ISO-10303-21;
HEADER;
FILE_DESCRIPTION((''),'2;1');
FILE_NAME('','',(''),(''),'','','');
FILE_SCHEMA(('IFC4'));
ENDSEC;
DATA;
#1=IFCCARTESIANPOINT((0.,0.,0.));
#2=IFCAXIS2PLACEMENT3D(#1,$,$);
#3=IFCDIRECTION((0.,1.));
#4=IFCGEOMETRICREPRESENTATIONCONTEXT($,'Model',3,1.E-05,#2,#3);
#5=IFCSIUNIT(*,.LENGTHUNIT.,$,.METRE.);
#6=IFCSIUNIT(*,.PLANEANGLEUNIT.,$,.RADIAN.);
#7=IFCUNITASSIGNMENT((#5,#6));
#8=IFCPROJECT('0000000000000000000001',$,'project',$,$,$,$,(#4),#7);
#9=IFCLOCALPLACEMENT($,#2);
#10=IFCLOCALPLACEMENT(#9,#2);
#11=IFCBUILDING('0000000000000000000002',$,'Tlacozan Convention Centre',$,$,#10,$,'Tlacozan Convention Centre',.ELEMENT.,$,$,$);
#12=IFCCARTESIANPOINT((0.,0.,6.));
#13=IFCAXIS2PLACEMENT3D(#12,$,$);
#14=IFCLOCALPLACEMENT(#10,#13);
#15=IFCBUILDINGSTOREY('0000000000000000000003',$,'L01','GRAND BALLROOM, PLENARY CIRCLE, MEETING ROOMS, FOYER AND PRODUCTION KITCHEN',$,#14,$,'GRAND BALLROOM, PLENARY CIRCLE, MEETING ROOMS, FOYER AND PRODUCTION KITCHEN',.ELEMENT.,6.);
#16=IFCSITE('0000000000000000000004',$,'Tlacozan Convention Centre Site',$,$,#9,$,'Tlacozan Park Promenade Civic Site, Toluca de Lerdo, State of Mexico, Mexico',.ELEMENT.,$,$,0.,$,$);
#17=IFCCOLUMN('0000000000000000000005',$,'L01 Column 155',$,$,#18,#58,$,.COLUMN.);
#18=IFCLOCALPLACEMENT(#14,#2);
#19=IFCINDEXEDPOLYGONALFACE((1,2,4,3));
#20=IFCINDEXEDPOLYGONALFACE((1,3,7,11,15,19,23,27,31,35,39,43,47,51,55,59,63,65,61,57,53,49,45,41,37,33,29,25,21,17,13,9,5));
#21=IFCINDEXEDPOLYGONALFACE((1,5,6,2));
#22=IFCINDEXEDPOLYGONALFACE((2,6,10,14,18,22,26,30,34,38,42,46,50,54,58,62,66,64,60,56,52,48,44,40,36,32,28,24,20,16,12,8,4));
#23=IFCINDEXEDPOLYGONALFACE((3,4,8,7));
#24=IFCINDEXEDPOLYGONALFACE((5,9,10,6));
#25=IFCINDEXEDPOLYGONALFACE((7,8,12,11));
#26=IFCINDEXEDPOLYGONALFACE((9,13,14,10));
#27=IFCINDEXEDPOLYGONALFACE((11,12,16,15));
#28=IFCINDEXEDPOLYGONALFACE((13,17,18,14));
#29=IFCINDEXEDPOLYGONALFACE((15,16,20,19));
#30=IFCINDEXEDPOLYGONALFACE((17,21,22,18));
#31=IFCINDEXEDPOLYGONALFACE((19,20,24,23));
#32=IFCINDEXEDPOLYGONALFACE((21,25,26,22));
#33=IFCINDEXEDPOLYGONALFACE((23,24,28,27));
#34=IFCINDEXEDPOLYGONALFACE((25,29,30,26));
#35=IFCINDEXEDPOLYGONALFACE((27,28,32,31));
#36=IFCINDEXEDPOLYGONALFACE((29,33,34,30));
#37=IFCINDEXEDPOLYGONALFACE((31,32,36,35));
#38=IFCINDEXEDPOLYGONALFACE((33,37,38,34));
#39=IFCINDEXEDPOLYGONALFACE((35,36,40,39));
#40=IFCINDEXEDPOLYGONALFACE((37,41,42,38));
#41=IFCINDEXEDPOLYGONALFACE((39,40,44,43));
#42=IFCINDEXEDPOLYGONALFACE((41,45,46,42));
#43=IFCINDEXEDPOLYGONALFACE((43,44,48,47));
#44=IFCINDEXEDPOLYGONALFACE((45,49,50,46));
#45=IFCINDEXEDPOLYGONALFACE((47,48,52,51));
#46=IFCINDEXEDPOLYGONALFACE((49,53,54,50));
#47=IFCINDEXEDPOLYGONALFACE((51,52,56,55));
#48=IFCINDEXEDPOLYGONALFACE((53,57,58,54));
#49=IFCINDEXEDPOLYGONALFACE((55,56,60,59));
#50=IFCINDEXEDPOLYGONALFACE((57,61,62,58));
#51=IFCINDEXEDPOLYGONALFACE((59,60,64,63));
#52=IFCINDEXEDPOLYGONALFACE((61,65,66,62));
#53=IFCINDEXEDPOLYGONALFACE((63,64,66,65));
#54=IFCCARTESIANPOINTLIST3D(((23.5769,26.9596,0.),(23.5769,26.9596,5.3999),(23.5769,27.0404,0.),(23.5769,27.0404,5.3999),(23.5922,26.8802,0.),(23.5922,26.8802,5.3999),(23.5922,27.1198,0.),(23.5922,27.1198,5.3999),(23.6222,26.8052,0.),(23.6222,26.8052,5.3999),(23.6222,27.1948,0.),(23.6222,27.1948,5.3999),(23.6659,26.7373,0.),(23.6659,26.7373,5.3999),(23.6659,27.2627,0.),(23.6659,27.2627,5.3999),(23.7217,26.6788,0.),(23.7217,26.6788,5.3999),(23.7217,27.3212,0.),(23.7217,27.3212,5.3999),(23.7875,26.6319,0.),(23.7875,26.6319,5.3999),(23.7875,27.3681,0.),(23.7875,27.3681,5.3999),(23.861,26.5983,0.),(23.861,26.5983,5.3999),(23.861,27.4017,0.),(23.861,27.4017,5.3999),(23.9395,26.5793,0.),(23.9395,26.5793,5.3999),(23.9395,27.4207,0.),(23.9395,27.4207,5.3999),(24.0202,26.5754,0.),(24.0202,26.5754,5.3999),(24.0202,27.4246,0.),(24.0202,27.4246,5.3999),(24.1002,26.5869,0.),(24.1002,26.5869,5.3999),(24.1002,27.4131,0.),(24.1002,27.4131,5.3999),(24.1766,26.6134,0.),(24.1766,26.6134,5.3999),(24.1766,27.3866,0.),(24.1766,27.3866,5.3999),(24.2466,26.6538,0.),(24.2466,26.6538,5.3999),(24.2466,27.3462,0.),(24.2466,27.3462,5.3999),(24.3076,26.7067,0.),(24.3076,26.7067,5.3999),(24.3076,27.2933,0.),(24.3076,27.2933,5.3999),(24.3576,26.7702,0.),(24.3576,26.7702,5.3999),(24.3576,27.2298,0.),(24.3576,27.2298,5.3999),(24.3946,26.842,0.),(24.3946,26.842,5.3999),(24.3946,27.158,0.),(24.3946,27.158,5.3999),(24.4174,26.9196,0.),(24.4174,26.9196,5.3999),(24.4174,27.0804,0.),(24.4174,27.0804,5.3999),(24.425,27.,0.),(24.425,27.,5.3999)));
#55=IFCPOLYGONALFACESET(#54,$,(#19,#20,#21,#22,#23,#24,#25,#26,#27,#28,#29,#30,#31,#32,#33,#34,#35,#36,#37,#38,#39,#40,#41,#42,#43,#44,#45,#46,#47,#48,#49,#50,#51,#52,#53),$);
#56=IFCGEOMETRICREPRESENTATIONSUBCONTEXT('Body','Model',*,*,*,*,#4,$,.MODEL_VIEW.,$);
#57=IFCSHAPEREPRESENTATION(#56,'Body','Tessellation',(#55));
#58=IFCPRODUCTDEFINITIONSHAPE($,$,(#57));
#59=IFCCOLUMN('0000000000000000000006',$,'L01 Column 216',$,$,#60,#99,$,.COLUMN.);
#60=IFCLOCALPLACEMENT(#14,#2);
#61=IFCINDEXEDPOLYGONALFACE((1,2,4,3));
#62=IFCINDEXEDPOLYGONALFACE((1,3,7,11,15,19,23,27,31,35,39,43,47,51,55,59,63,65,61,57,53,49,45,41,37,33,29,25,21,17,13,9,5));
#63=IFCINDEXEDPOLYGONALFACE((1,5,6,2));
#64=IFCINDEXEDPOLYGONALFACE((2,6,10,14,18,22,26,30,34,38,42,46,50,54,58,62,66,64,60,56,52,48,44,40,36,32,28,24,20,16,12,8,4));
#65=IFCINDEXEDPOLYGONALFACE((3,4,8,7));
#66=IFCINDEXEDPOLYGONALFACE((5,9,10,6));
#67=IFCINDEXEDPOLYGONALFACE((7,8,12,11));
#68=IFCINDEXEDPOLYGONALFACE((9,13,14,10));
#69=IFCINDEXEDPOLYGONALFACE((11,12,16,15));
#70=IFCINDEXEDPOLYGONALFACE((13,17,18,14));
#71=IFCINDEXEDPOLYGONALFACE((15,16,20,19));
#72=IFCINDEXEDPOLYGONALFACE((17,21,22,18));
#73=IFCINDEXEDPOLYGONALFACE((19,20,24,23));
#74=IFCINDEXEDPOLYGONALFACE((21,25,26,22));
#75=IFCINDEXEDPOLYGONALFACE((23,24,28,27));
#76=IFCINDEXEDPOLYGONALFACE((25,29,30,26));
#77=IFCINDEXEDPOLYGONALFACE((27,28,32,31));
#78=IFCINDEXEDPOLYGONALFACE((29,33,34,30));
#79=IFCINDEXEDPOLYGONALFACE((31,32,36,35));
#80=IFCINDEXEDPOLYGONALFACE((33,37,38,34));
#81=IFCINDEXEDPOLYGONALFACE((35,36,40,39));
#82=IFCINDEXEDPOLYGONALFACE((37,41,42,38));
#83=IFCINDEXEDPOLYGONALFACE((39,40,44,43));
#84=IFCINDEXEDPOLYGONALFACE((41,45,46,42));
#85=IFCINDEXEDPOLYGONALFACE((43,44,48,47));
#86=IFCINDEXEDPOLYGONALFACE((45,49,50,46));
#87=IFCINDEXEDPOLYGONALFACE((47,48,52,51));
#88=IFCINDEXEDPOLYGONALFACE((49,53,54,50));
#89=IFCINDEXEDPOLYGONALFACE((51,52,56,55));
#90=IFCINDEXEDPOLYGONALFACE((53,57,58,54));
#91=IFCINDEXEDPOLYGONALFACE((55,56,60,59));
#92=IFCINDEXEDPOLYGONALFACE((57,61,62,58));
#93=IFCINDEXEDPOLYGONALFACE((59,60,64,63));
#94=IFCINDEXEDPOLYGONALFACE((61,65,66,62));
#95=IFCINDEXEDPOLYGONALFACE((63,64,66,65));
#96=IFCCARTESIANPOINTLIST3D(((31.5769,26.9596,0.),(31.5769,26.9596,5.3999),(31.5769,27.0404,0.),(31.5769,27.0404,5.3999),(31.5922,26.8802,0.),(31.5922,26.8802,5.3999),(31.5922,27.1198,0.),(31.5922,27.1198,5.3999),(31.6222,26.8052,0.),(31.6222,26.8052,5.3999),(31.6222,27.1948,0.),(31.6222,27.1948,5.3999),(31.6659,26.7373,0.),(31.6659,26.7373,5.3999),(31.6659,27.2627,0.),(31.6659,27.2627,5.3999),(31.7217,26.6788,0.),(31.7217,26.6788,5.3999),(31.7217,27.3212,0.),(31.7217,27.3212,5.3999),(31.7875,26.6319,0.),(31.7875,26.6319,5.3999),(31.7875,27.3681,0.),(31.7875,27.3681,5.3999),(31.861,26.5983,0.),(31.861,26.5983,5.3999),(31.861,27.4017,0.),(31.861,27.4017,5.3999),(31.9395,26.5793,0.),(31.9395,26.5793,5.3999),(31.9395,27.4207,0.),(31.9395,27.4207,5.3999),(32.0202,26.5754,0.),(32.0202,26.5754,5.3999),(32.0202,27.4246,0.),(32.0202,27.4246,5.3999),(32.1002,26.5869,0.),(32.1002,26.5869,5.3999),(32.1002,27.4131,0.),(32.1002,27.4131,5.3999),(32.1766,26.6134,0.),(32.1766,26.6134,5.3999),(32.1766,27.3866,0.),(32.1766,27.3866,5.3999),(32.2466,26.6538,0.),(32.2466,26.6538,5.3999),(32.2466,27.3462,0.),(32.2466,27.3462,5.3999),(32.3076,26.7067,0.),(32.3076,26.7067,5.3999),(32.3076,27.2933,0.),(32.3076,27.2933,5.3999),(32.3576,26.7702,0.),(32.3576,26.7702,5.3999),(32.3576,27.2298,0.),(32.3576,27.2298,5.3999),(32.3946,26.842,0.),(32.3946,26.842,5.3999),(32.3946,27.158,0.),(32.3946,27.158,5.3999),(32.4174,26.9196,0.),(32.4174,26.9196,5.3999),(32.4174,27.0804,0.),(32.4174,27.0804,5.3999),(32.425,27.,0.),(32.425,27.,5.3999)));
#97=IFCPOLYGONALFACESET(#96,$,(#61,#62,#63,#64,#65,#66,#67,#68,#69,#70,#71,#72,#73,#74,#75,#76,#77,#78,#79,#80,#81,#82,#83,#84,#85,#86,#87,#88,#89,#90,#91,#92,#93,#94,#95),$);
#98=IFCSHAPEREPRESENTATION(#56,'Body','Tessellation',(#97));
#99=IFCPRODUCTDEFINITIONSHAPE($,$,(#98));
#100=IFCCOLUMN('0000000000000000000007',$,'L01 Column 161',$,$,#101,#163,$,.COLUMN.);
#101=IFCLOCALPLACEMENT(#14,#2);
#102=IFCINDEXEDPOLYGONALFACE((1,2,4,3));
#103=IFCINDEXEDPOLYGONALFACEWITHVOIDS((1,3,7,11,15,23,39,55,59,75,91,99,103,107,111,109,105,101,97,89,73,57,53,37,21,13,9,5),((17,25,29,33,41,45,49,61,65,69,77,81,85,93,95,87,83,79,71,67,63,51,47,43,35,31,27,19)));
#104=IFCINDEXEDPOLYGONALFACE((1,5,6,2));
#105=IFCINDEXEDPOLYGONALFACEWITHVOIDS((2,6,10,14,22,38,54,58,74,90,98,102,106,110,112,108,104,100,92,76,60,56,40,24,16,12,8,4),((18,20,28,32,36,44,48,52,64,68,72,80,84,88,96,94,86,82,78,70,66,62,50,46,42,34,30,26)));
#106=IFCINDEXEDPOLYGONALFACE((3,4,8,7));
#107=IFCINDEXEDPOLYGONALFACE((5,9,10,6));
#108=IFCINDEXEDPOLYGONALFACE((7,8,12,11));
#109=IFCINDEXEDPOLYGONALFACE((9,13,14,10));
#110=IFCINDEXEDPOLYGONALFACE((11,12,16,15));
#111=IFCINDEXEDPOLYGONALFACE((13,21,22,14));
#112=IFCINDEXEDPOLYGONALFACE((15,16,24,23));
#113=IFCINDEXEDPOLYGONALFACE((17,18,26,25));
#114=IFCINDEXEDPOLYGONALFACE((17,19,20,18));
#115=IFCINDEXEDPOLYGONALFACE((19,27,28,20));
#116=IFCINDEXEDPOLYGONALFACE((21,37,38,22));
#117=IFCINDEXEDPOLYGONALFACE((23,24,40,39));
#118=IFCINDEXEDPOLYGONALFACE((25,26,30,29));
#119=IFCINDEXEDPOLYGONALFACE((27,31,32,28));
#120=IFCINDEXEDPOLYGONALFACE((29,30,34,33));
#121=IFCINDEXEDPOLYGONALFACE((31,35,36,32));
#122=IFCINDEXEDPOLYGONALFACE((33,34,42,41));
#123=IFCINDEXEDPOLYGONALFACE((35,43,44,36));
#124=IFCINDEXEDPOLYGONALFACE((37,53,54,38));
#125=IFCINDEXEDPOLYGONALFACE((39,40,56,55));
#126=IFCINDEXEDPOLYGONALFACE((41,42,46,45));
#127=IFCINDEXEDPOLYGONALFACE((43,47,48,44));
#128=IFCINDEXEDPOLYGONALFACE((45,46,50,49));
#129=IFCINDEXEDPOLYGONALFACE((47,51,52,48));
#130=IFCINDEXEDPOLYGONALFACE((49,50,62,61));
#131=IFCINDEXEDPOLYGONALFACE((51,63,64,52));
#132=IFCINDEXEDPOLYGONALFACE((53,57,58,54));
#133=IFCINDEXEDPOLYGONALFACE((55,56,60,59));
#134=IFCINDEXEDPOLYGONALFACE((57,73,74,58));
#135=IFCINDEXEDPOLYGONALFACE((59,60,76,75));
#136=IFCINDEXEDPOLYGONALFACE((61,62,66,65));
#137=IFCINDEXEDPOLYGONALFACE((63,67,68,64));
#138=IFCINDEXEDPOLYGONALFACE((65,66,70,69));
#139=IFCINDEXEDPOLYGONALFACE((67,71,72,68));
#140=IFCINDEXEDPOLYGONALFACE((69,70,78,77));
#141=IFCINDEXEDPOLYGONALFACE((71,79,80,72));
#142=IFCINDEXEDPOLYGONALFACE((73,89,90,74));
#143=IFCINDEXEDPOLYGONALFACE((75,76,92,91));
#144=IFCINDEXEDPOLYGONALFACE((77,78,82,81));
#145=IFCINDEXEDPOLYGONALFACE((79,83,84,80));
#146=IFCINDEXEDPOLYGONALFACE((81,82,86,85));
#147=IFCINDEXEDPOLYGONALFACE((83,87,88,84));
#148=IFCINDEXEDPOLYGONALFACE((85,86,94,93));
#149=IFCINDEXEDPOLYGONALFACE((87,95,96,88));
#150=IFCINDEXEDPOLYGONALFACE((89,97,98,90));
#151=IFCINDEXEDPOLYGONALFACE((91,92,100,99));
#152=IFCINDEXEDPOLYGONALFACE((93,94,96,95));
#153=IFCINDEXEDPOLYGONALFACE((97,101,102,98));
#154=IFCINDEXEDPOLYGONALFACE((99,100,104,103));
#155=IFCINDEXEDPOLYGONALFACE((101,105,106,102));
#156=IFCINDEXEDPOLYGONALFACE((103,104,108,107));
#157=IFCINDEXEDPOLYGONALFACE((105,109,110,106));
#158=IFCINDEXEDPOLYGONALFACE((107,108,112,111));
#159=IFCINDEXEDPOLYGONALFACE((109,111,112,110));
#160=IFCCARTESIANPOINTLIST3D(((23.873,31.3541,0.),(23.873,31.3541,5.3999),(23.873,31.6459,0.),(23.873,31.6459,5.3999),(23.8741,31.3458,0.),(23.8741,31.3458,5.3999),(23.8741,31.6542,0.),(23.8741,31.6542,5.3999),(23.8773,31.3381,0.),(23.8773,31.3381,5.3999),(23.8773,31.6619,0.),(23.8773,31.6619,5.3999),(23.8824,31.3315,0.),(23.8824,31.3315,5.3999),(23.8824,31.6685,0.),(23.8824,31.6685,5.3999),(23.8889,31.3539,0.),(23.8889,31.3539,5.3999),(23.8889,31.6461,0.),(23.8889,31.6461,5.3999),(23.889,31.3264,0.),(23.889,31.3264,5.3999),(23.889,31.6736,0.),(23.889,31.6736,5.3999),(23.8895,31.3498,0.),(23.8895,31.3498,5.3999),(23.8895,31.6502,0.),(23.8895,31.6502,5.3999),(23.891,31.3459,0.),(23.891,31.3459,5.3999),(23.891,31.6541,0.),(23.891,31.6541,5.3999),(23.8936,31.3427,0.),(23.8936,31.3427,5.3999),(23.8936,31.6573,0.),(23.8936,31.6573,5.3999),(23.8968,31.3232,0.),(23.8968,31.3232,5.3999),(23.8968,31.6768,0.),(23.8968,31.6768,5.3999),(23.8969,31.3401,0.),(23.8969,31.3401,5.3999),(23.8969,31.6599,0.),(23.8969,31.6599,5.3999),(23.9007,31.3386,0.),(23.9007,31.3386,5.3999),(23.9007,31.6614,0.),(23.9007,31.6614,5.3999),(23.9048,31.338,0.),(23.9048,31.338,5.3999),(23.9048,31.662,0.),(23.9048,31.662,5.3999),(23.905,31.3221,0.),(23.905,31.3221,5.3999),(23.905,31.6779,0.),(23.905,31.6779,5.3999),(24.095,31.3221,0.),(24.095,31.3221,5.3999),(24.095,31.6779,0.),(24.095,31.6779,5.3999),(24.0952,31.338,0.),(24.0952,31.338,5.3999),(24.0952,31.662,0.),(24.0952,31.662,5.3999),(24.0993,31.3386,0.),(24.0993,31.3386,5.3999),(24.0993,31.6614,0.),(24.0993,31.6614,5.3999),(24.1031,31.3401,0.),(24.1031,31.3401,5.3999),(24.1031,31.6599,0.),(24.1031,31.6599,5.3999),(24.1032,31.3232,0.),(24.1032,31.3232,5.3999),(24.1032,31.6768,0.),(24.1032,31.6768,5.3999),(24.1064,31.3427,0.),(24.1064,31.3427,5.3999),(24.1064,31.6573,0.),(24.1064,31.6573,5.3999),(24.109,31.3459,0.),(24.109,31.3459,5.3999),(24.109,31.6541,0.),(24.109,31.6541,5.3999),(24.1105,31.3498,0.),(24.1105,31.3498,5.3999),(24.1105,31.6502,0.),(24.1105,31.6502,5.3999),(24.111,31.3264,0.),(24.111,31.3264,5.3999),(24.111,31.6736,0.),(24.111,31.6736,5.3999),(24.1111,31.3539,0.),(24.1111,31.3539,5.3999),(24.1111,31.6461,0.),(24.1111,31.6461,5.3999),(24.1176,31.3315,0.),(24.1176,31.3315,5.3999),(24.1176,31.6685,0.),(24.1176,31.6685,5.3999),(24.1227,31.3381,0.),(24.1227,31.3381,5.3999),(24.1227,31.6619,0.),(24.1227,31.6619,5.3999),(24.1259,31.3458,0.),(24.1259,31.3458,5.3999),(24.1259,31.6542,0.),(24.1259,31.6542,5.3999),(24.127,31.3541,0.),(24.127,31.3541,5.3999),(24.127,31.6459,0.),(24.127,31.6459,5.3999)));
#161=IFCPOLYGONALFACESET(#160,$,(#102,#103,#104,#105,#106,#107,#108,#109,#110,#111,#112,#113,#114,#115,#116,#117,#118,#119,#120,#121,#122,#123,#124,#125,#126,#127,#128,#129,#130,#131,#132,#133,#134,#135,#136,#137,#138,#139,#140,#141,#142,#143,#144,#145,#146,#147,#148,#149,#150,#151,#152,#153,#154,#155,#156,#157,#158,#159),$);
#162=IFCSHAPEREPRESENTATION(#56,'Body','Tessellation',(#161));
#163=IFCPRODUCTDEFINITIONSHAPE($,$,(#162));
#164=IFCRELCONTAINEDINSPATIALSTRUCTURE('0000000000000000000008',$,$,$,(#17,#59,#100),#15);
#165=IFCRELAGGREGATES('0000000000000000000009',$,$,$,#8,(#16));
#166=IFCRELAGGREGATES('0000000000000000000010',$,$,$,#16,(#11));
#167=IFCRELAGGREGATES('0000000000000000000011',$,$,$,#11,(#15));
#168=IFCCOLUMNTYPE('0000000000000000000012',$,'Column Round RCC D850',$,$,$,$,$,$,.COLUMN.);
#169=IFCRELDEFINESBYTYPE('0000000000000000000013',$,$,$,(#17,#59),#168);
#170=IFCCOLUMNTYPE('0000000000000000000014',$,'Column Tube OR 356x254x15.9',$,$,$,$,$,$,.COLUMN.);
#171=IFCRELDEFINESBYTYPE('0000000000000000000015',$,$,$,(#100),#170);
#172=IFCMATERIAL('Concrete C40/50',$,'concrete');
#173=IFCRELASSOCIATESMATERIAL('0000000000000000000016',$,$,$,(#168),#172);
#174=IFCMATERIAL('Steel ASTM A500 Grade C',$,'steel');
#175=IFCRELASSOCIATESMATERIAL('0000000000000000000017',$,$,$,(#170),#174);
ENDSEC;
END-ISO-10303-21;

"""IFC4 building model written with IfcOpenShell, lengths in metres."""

from ifc_helpers import new_model, si_unit, direction, frame, origin, origin_2d, place, context, subcontext, project, spatial, hollow_rectangle, circle, extrude, material, material_profile, profile_set, type_object, element, save


model = new_model("IFC4")

# Units and contexts
model_context = context("Model", 3, precision=1e-05, world=origin(), true_north=direction((0.0, 1.0)))
body_context = subcontext(model_context, "Body", "Model", "MODEL_VIEW")
ifc_project = project(units=[si_unit("LENGTHUNIT", "METRE"), si_unit("PLANEANGLEUNIT", "RADIAN")], contexts=[model_context])

# Site, building, storey
site_placement = place(None, origin())
site = spatial("IfcSite", under=ifc_project, at=site_placement, Name="Tlacozan Convention Centre Site", LongName="Tlacozan Park Promenade Civic Site, Toluca de Lerdo, State of Mexico, Mexico", CompositionType="ELEMENT", RefElevation=0.0)
building_placement = place(site_placement, origin())
building = spatial("IfcBuilding", under=site, at=building_placement, Name="Tlacozan Convention Centre", LongName="Tlacozan Convention Centre", CompositionType="ELEMENT")
storey_placement = place(building_placement, frame((0.0, 0.0, 6.0)))
storey = spatial("IfcBuildingStorey", under=building, at=storey_placement, Name="L01", Description="GRAND BALLROOM, PLENARY CIRCLE, MEETING ROOMS, FOYER AND PRODUCTION KITCHEN", LongName="GRAND BALLROOM, PLENARY CIRCLE, MEETING ROOMS, FOYER AND PRODUCTION KITCHEN", CompositionType="ELEMENT", Elevation=6.0)

# Columns
ifc_material_1 = material(Name="Concrete C40/50", Category="concrete")
ifc_material_profile_1 = material_profile(ifc_material_1, circle(Radius=0.425, at=origin_2d()), Name="RCC D850")
ifc_profile_set_1 = profile_set([ifc_material_profile_1], Name="Concrete C40/50")
column_type_1 = type_object("IfcColumnType", Name="Column Round RCC D850", PredefinedType="COLUMN", material=ifc_profile_set_1)
for number, where, z_axis, x_axis, name in (
    (1, (24.0, 27.0, 0.0), (0.0, 0.0, 1.0), (1.0, 0.0, 0.0), "L01 Column 155"),
    (2, (32.0, 27.0, 0.0), (0.0, 0.0, 1.0), (1.0, 0.0, 0.0), "L01 Column 216"),
):
    element("IfcColumn", number, at=place(storey_placement, frame(where, z_axis=z_axis, x_axis=x_axis)), inside=storey, type_object=column_type_1, Name=name, PredefinedType="COLUMN", context=body_context, shape_type="SweptSolid", body=[
        extrude(circle(Radius=0.425, at=origin_2d()), origin(), (0.0, 0.0, 1.0), 5.3999),
    ])
ifc_material_2 = material(Name="Steel ASTM A500 Grade C", Category="steel")
ifc_material_profile_2 = material_profile(ifc_material_2, hollow_rectangle(XDim=0.2539, YDim=0.3557, WallThickness=0.0159, InnerFilletRadius=0.0159, OuterFilletRadius=0.032, at=origin_2d()), Name="OR 356x254x15.9")
ifc_profile_set_2 = profile_set([ifc_material_profile_2], Name="Steel ASTM A500 Grade C")
column_type_2 = type_object("IfcColumnType", Name="Column Tube OR 356x254x15.9", PredefinedType="COLUMN", material=ifc_profile_set_2)
for number, where, z_axis, x_axis, name in (
    (3, (24.0, 31.5, 0.0), (0.0, 0.0, 1.0), (1.0, 0.0, 0.0), "L01 Column 161"),
):
    element("IfcColumn", number, at=place(storey_placement, frame(where, z_axis=z_axis, x_axis=x_axis)), inside=storey, type_object=column_type_2, Name=name, PredefinedType="COLUMN", context=body_context, shape_type="SweptSolid", body=[
        extrude(hollow_rectangle(XDim=0.2539, YDim=0.3557, WallThickness=0.0159, InnerFilletRadius=0.0159, OuterFilletRadius=0.032, at=origin_2d()), origin(), (0.0, 0.0, 1.0), 5.3999),
    ])

save(model, "model.ifc")
